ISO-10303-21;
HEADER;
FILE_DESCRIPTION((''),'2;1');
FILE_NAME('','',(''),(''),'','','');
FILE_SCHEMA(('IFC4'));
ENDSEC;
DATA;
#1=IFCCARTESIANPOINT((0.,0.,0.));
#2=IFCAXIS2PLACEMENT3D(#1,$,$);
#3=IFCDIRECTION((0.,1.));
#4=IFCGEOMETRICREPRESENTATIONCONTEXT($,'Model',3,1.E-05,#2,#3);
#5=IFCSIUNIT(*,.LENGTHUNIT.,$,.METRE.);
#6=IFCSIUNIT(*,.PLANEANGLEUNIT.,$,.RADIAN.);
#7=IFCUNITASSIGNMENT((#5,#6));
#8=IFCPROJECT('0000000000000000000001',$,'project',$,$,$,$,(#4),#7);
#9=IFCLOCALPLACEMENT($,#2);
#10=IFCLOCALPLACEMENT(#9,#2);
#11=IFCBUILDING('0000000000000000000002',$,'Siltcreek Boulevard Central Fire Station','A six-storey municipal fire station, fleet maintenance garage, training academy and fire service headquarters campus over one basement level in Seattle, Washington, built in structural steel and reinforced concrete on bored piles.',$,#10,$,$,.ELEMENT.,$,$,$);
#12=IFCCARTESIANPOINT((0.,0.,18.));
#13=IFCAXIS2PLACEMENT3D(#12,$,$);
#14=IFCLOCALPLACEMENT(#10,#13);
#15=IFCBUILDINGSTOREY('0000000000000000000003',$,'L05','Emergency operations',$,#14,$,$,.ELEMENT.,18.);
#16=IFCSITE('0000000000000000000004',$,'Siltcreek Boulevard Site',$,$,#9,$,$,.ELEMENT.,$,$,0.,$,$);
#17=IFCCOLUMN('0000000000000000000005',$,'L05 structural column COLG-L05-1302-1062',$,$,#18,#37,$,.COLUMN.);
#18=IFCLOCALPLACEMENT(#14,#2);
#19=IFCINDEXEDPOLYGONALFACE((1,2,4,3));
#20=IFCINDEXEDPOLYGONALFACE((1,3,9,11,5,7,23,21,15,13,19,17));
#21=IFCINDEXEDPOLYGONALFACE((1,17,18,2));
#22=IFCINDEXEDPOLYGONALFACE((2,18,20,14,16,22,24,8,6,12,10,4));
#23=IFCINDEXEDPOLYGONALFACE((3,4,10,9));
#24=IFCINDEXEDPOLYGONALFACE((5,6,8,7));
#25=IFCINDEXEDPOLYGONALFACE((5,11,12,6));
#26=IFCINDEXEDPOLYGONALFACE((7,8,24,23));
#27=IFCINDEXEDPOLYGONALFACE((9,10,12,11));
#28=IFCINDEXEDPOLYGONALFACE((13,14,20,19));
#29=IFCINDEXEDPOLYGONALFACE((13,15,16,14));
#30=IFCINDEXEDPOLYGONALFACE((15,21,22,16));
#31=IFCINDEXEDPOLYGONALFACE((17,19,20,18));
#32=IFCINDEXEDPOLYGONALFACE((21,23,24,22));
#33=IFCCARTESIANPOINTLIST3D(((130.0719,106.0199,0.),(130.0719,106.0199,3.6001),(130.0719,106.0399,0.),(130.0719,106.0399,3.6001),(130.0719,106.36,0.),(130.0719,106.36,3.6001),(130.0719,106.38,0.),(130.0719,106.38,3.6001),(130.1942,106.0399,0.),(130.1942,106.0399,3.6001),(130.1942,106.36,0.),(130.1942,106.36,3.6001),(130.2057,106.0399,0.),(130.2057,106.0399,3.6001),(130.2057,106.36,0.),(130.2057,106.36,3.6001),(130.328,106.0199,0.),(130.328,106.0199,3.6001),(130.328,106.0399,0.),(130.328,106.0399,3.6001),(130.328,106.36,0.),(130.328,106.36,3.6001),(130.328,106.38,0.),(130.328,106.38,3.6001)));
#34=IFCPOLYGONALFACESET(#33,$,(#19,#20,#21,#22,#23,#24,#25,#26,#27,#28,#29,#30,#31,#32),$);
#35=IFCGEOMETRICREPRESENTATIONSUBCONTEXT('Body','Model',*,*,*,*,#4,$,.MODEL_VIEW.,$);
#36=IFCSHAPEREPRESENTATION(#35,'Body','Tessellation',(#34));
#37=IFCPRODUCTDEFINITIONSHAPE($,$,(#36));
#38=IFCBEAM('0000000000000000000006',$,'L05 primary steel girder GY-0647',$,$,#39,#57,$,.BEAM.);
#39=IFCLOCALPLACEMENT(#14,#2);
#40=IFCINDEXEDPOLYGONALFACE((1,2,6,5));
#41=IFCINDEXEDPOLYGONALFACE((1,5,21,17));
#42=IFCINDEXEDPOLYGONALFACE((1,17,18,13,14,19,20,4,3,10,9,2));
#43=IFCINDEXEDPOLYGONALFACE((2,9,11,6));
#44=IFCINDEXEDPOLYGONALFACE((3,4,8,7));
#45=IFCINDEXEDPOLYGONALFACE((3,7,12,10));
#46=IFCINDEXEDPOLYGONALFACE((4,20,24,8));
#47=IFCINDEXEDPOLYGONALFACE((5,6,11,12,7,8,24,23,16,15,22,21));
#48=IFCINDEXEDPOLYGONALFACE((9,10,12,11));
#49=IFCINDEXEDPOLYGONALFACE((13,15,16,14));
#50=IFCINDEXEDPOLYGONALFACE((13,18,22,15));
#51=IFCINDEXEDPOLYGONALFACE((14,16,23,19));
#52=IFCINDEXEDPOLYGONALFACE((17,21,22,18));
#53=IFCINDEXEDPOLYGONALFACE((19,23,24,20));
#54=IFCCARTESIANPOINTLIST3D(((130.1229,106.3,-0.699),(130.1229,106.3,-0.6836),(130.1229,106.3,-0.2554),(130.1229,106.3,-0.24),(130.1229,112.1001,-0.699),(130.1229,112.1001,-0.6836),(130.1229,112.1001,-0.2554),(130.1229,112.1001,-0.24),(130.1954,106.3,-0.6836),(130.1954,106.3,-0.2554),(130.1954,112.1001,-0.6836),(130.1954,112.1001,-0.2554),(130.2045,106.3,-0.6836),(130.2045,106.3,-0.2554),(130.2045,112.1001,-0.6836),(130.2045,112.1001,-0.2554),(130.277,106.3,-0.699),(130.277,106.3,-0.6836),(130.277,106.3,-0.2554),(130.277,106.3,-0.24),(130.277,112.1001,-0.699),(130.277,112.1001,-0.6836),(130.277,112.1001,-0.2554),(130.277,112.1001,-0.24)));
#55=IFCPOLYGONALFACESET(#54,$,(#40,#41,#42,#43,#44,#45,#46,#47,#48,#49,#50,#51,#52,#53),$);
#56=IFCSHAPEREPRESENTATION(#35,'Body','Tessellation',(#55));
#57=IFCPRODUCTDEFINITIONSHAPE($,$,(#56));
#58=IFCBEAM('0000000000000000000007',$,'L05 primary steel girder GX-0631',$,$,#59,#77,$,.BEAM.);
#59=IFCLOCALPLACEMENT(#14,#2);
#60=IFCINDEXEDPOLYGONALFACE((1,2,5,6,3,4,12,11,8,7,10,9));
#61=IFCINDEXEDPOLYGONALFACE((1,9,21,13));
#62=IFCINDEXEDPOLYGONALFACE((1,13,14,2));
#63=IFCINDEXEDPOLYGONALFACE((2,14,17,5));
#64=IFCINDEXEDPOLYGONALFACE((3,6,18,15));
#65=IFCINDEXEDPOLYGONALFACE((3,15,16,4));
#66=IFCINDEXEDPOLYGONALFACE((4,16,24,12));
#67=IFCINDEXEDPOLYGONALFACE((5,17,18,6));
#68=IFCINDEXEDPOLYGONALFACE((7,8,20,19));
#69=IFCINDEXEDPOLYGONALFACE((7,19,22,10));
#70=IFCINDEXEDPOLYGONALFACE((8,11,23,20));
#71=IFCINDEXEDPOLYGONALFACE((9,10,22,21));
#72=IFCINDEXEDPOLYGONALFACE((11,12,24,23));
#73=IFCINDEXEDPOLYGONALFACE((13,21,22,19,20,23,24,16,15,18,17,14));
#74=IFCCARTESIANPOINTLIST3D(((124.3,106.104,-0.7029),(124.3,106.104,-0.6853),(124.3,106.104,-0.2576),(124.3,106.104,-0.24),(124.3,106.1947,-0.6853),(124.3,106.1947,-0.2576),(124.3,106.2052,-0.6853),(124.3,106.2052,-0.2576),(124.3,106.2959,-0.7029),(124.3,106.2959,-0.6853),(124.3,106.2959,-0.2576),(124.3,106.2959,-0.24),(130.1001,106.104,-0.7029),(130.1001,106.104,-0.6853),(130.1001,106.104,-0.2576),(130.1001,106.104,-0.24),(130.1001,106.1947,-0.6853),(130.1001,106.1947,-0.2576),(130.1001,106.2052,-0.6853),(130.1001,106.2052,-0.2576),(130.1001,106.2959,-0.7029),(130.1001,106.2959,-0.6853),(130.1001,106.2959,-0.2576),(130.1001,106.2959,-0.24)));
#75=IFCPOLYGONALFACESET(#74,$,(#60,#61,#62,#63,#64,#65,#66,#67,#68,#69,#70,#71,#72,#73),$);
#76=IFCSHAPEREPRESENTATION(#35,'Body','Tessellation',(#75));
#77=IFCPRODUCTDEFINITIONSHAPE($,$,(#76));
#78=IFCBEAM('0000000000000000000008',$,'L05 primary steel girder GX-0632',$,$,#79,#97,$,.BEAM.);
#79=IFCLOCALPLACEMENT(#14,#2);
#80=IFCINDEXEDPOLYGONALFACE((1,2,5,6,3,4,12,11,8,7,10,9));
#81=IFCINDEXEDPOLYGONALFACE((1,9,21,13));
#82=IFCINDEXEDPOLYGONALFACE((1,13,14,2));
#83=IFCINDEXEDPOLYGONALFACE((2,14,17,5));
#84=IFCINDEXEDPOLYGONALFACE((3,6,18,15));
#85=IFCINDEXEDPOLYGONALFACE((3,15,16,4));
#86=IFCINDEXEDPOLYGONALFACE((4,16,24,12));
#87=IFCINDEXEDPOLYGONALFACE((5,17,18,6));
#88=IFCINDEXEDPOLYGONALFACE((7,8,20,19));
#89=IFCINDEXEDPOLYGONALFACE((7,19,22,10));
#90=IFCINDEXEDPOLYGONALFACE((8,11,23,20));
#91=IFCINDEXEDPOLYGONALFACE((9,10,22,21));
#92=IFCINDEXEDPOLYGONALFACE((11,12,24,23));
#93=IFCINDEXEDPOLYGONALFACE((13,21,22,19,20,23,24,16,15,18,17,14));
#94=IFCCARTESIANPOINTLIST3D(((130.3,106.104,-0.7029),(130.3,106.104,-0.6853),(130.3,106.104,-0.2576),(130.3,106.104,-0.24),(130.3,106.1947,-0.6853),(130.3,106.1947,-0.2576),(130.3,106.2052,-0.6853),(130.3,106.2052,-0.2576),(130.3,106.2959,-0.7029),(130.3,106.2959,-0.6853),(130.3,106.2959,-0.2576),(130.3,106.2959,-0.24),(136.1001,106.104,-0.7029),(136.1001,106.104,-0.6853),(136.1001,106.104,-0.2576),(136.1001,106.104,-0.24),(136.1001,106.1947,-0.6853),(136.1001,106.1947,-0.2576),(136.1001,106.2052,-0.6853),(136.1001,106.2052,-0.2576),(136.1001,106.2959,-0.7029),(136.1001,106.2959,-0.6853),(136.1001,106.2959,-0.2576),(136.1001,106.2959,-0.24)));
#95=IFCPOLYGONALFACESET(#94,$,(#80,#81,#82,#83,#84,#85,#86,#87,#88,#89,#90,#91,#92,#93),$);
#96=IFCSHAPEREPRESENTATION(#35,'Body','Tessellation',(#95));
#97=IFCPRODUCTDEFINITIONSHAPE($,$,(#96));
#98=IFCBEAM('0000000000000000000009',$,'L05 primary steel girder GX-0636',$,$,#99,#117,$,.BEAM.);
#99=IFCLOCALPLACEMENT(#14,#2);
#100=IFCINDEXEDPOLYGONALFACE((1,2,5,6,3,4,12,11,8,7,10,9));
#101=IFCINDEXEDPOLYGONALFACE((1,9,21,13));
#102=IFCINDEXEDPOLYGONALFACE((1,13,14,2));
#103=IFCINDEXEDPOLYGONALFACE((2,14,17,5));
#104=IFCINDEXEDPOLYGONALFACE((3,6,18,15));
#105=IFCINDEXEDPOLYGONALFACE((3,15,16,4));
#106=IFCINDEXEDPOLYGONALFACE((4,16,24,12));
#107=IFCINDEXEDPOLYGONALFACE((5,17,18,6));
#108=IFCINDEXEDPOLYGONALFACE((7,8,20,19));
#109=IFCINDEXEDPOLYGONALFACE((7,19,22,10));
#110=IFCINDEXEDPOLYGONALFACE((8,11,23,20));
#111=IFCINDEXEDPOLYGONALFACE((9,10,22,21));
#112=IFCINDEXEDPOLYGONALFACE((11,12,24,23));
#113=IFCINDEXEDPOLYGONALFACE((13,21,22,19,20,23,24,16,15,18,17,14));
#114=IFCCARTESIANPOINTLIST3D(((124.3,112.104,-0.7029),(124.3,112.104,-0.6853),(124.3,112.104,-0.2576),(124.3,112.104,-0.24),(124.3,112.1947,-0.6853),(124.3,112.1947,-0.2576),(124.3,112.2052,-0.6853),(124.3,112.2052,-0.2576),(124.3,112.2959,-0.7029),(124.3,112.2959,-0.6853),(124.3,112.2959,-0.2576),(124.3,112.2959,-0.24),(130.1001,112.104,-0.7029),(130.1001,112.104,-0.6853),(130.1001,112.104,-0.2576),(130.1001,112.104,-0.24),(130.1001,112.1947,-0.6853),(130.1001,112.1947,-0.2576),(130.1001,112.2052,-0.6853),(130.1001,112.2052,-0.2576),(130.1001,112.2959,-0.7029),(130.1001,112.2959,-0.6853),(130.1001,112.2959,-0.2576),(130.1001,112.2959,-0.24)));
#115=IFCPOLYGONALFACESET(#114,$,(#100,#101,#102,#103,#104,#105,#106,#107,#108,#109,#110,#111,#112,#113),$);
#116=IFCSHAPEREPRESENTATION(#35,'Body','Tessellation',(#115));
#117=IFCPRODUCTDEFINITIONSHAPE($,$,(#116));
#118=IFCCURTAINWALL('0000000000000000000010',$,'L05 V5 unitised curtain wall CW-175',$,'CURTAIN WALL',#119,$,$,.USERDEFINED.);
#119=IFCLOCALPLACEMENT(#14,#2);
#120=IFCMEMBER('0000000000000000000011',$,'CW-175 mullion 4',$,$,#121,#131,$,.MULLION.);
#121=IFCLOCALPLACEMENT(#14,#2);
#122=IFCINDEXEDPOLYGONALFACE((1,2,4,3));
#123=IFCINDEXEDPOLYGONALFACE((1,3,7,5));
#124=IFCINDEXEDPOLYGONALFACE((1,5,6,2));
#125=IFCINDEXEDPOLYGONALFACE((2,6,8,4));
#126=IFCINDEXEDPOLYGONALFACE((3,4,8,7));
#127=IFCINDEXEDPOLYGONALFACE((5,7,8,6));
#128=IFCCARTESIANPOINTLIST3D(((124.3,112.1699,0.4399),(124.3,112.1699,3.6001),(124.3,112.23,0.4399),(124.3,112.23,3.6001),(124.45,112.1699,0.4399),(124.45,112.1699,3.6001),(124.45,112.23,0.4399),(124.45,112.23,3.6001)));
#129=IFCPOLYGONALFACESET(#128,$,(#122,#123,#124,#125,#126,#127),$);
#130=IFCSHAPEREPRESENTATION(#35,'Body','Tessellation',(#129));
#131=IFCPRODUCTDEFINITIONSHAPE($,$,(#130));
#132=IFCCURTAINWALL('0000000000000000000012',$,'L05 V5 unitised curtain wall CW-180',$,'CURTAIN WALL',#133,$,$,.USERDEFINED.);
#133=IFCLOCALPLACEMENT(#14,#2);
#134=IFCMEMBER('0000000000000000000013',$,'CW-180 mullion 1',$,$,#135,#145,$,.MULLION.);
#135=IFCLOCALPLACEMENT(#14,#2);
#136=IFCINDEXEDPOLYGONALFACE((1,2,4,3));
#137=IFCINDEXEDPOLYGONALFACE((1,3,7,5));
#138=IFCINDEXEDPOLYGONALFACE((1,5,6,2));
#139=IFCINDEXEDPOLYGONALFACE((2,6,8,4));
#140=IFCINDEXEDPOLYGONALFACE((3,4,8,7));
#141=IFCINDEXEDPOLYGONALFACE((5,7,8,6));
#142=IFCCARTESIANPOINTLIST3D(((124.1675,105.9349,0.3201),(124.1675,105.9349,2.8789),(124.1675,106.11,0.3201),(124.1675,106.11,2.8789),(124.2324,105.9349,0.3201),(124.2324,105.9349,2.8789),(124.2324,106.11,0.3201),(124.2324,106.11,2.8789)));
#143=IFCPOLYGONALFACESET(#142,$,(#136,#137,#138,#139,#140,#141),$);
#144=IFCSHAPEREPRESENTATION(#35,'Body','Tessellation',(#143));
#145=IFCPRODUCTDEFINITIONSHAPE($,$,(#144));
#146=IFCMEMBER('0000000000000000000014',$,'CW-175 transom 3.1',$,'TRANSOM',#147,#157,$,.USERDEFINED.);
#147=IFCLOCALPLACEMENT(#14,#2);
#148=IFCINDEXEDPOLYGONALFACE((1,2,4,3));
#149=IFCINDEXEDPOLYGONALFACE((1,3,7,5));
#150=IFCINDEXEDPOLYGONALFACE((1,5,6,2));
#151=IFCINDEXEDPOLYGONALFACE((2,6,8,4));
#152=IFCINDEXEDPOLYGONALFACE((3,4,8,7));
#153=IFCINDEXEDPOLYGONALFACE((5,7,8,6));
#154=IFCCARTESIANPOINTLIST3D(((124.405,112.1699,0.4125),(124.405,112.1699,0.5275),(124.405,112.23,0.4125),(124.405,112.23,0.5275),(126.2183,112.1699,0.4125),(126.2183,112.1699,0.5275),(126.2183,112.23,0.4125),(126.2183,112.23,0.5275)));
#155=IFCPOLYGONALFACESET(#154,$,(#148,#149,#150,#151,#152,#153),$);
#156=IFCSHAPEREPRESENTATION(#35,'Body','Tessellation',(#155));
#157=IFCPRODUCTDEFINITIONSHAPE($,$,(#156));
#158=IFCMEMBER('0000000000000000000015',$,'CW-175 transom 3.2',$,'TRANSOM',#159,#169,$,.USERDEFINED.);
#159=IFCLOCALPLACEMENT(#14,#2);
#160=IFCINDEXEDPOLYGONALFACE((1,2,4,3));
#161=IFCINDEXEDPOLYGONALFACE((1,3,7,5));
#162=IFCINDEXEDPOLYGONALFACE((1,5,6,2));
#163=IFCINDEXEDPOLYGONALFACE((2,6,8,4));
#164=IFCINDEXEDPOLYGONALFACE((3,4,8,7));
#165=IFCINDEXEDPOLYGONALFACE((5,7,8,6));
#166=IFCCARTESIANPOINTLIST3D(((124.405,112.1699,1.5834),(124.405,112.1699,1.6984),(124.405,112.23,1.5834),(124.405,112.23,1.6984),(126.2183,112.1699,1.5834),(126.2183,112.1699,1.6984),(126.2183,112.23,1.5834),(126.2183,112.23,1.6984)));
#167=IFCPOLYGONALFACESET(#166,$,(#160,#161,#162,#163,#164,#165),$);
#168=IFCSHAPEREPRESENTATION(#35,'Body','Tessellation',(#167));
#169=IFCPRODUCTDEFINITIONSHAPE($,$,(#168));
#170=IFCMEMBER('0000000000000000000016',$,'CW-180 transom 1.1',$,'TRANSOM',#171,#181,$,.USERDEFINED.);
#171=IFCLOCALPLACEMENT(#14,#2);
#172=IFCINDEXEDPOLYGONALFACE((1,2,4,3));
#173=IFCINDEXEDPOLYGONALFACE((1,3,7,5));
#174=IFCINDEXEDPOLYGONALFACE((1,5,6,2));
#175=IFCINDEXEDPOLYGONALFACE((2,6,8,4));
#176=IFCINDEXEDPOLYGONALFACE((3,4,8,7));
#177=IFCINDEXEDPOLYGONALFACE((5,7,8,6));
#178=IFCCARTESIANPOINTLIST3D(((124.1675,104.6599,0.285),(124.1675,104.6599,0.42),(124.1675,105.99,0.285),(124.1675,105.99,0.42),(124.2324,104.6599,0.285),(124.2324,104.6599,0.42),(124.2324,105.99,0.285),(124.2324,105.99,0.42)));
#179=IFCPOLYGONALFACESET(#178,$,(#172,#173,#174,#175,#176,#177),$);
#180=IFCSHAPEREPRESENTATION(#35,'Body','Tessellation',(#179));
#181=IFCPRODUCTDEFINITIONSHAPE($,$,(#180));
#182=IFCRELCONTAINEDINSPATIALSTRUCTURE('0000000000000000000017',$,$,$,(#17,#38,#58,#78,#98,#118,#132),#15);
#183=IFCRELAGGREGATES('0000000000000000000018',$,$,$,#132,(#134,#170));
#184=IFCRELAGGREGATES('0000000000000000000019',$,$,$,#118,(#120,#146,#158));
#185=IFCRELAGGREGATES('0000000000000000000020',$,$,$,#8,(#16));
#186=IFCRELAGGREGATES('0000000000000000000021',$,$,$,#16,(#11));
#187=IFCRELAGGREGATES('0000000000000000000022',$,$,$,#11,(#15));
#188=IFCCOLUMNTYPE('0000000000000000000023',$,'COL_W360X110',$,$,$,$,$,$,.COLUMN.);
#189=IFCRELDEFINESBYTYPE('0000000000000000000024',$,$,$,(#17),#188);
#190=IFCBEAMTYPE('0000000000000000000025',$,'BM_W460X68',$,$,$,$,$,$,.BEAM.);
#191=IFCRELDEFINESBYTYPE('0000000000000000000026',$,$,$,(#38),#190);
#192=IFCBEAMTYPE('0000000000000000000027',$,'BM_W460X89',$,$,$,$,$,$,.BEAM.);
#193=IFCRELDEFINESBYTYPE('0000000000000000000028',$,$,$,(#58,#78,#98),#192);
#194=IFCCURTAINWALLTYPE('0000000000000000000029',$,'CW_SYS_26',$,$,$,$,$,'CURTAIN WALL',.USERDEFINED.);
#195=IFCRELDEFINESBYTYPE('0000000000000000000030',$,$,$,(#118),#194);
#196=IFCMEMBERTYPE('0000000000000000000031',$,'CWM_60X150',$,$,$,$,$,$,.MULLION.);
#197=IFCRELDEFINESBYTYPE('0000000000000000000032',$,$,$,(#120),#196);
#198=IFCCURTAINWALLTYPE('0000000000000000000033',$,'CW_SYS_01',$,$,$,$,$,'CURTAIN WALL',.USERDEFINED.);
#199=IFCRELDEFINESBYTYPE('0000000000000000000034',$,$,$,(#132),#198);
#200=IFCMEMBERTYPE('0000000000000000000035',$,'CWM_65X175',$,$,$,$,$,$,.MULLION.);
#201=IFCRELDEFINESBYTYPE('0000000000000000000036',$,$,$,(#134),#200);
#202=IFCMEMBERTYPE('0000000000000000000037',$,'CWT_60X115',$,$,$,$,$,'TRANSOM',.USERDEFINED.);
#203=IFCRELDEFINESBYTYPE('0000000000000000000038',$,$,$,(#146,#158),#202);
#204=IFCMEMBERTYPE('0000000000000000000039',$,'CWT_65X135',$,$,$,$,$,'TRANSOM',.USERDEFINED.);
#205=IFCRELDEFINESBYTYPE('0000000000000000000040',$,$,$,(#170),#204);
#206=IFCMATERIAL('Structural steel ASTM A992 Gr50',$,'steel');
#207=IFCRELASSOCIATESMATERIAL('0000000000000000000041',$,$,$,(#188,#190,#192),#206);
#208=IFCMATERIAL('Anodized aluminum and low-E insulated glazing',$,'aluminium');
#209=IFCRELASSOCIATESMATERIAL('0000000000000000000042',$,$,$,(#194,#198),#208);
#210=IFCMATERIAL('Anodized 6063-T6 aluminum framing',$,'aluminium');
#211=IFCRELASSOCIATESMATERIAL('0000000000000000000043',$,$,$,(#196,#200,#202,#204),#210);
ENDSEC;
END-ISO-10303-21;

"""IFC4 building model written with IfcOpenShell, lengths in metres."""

from ifc_helpers import new_model, si_unit, direction, frame, origin, origin_2d, place, context, subcontext, project, spatial, rectangle, i_section, extrude, material, material_profile, profile_set, type_object, element, aggregate, save


model = new_model("IFC4")

# Units and contexts
model_context = context("Model", 3, precision=1e-05, world=origin(), true_north=direction((0.0, 1.0)))
body_context = subcontext(model_context, "Body", "Model", "MODEL_VIEW")
ifc_project = project(units=[si_unit("LENGTHUNIT", "METRE"), si_unit("PLANEANGLEUNIT", "RADIAN")], contexts=[model_context])

# Site, building, storey
site_placement = place(None, origin())
site = spatial("IfcSite", under=ifc_project, at=site_placement, Name="Siltcreek Boulevard Site", CompositionType="ELEMENT", RefElevation=0.0)
building_placement = place(site_placement, origin())
building = spatial("IfcBuilding", under=site, at=building_placement, Name="Siltcreek Boulevard Central Fire Station", Description="A six-storey municipal fire station, fleet maintenance garage, training academy and fire service headquarters campus over one basement level in Seattle, Washington, built in structural steel and reinforced concrete on bored piles.", CompositionType="ELEMENT")
storey_placement = place(building_placement, frame((0.0, 0.0, 18.0)))
storey = spatial("IfcBuildingStorey", under=building, at=storey_placement, Name="L05", Description="Emergency operations", CompositionType="ELEMENT", Elevation=18.0)

# Column
ifc_material_1 = material(Name="Structural steel ASTM A992 Gr50", Category="steel")
ifc_material_profile_1 = material_profile(ifc_material_1, i_section(OverallWidth=0.2561, OverallDepth=0.3601, WebThickness=0.0115, FlangeThickness=0.02, at=origin_2d()), Name="W360X110")
ifc_profile_set_1 = profile_set([ifc_material_profile_1], Name="Structural steel ASTM A992 Gr50")
column_type = type_object("IfcColumnType", Name="COL_W360X110", PredefinedType="COLUMN", material=ifc_profile_set_1)
column_placement = place(storey_placement, frame((130.2, 106.2, 0.0), z_axis=(0.0, 0.0, 1.0), x_axis=(1.0, 0.0, 0.0)))
element("IfcColumn", 1, at=column_placement, inside=storey, type_object=column_type, Name="L05 structural column COLG-L05-1302-1062", PredefinedType="COLUMN", context=body_context, shape_type="SweptSolid", body=[
    extrude(i_section(OverallWidth=0.2561, OverallDepth=0.3601, WebThickness=0.0115, FlangeThickness=0.02, at=origin_2d()), origin(), (0.0, 0.0, 1.0), 3.6001),
])

# Beams
ifc_material_profile_2 = material_profile(ifc_material_1, i_section(OverallWidth=0.1541, OverallDepth=0.459, WebThickness=0.009, FlangeThickness=0.0154, at=origin_2d()), Name="W460X68")
ifc_profile_set_2 = profile_set([ifc_material_profile_2], Name="Structural steel ASTM A992 Gr50")
beam_type_1 = type_object("IfcBeamType", Name="BM_W460X68", PredefinedType="BEAM", material=ifc_profile_set_2)
beam_1_placement = place(storey_placement, frame((130.2, 106.3, -0.4695), z_axis=(0.0, 1.0, 0.0), x_axis=(-1.0, 0.0, 0.0)))
element("IfcBeam", 2, at=beam_1_placement, inside=storey, type_object=beam_type_1, Name="L05 primary steel girder GY-0647", PredefinedType="BEAM", context=body_context, shape_type="SweptSolid", body=[
    extrude(i_section(OverallWidth=0.1541, OverallDepth=0.459, WebThickness=0.009, FlangeThickness=0.0154, at=origin_2d()), origin(), (0.0, 0.0, 1.0), 5.8),
])
ifc_material_profile_3 = material_profile(ifc_material_1, i_section(OverallWidth=0.1919, OverallDepth=0.4629, WebThickness=0.0105, FlangeThickness=0.0176, at=origin_2d()), Name="W460X89")
ifc_profile_set_3 = profile_set([ifc_material_profile_3], Name="Structural steel ASTM A992 Gr50")
beam_type_2 = type_object("IfcBeamType", Name="BM_W460X89", PredefinedType="BEAM", material=ifc_profile_set_3)
for number, where, z_axis, x_axis, name in (
    (3, (124.3, 106.2, -0.4714), (1.0, 0.0, 0.0), (0.0, 1.0, 0.0), "L05 primary steel girder GX-0631"),
    (4, (130.3, 106.2, -0.4714), (1.0, 0.0, 0.0), (0.0, 1.0, 0.0), "L05 primary steel girder GX-0632"),
    (5, (124.3, 112.2, -0.4714), (1.0, 0.0, 0.0), (0.0, 1.0, 0.0), "L05 primary steel girder GX-0636"),
):
    element("IfcBeam", number, at=place(storey_placement, frame(where, z_axis=z_axis, x_axis=x_axis)), inside=storey, type_object=beam_type_2, Name=name, PredefinedType="BEAM", context=body_context, shape_type="SweptSolid", body=[
        extrude(i_section(OverallWidth=0.1919, OverallDepth=0.4629, WebThickness=0.0105, FlangeThickness=0.0176, at=origin_2d()), origin(), (0.0, 0.0, 1.0), 5.8),
    ])

# Curtain walls, members
ifc_material_2 = material(Name="Anodized aluminum and low-E insulated glazing", Category="aluminium")
curtain_wall_type_1 = type_object("IfcCurtainWallType", Name="CW_SYS_26", ElementType="CURTAIN WALL", PredefinedType="USERDEFINED", material=ifc_material_2)
curtain_wall_1_placement = place(storey_placement, origin())
curtain_wall_1 = element("IfcCurtainWall", 6, at=curtain_wall_1_placement, inside=storey, type_object=curtain_wall_type_1, Name="L05 V5 unitised curtain wall CW-175", ObjectType="CURTAIN WALL", PredefinedType="USERDEFINED")
ifc_material_3 = material(Name="Anodized 6063-T6 aluminum framing", Category="aluminium")
ifc_material_profile_4 = material_profile(ifc_material_3, rectangle(XDim=0.0601, YDim=0.1499, at=origin_2d()), Name="MULL60X150")
ifc_profile_set_4 = profile_set([ifc_material_profile_4], Name="Anodized 6063-T6 aluminum framing")
member_type_1 = type_object("IfcMemberType", Name="CWM_60X150", PredefinedType="MULLION", material=ifc_profile_set_4)
member_1_placement = place(storey_placement, frame((124.375, 112.2, 0.4399), z_axis=(0.0, 0.0, 1.0), x_axis=(0.0, -1.0, 0.0)))
member_1 = element("IfcMember", 7, at=member_1_placement, type_object=member_type_1, Name="CW-175 mullion 4", PredefinedType="MULLION", context=body_context, shape_type="SweptSolid", body=[
    extrude(rectangle(XDim=0.0601, YDim=0.1499, at=origin_2d()), origin(), (0.0, 0.0, 1.0), 3.1602),
])
curtain_wall_type_2 = type_object("IfcCurtainWallType", Name="CW_SYS_01", ElementType="CURTAIN WALL", PredefinedType="USERDEFINED", material=ifc_material_2)
curtain_wall_2_placement = place(storey_placement, origin())
curtain_wall_2 = element("IfcCurtainWall", 8, at=curtain_wall_2_placement, inside=storey, type_object=curtain_wall_type_2, Name="L05 V5 unitised curtain wall CW-180", ObjectType="CURTAIN WALL", PredefinedType="USERDEFINED")
ifc_material_profile_5 = material_profile(ifc_material_3, rectangle(XDim=0.0649, YDim=0.175, at=origin_2d()), Name="MULL65X175")
ifc_profile_set_5 = profile_set([ifc_material_profile_5], Name="Anodized 6063-T6 aluminum framing")
member_type_2 = type_object("IfcMemberType", Name="CWM_65X175", PredefinedType="MULLION", material=ifc_profile_set_5)
member_2_placement = place(storey_placement, frame((124.2, 106.0225, 0.3201), z_axis=(0.0, 0.0, 1.0), x_axis=(1.0, 0.0, 0.0)))
member_2 = element("IfcMember", 9, at=member_2_placement, type_object=member_type_2, Name="CW-180 mullion 1", PredefinedType="MULLION", context=body_context, shape_type="SweptSolid", body=[
    extrude(rectangle(XDim=0.0649, YDim=0.175, at=origin_2d()), origin(), (0.0, 0.0, 1.0), 2.5588),
])

# Members
ifc_material_profile_6 = material_profile(ifc_material_3, rectangle(XDim=0.0601, YDim=0.115, at=origin_2d()), Name="TRAN60X115")
ifc_profile_set_6 = profile_set([ifc_material_profile_6], Name="Anodized 6063-T6 aluminum framing")
member_type_3 = type_object("IfcMemberType", Name="CWT_60X115", ElementType="TRANSOM", PredefinedType="USERDEFINED", material=ifc_profile_set_6)
member_3_placement = place(storey_placement, frame((126.2183, 112.2, 0.47), z_axis=(-1.0, 0.0, 0.0), x_axis=(0.0, -1.0, 0.0)))
member_3 = element("IfcMember", 10, at=member_3_placement, type_object=member_type_3, Name="CW-175 transom 3.1", ObjectType="TRANSOM", PredefinedType="USERDEFINED", context=body_context, shape_type="SweptSolid", body=[
    extrude(rectangle(XDim=0.0601, YDim=0.115, at=origin_2d()), origin(), (0.0, 0.0, 1.0), 1.8132),
])
member_4_placement = place(storey_placement, frame((126.2183, 112.2, 1.6409), z_axis=(-1.0, 0.0, 0.0), x_axis=(0.0, -1.0, 0.0)))
member_4 = element("IfcMember", 11, at=member_4_placement, type_object=member_type_3, Name="CW-175 transom 3.2", ObjectType="TRANSOM", PredefinedType="USERDEFINED", context=body_context, shape_type="SweptSolid", body=[
    extrude(rectangle(XDim=0.0601, YDim=0.115, at=origin_2d()), origin(), (0.0, 0.0, 1.0), 1.8132),
])
ifc_material_profile_7 = material_profile(ifc_material_3, rectangle(XDim=0.0649, YDim=0.135, at=origin_2d()), Name="TRAN65X135")
ifc_profile_set_7 = profile_set([ifc_material_profile_7], Name="Anodized 6063-T6 aluminum framing")
member_type_4 = type_object("IfcMemberType", Name="CWT_65X135", ElementType="TRANSOM", PredefinedType="USERDEFINED", material=ifc_profile_set_7)
member_5_placement = place(storey_placement, frame((124.2, 105.99, 0.3525), z_axis=(0.0, -1.0, 0.0), x_axis=(1.0, 0.0, 0.0)))
member_5 = element("IfcMember", 12, at=member_5_placement, type_object=member_type_4, Name="CW-180 transom 1.1", ObjectType="TRANSOM", PredefinedType="USERDEFINED", context=body_context, shape_type="SweptSolid", body=[
    extrude(rectangle(XDim=0.0649, YDim=0.135, at=origin_2d()), origin(), (0.0, 0.0, 1.0), 1.3301),
])

aggregate(curtain_wall_2, [member_2, member_5])
aggregate(curtain_wall_1, [member_1, member_3, member_4])

save(model, "model.ifc")
